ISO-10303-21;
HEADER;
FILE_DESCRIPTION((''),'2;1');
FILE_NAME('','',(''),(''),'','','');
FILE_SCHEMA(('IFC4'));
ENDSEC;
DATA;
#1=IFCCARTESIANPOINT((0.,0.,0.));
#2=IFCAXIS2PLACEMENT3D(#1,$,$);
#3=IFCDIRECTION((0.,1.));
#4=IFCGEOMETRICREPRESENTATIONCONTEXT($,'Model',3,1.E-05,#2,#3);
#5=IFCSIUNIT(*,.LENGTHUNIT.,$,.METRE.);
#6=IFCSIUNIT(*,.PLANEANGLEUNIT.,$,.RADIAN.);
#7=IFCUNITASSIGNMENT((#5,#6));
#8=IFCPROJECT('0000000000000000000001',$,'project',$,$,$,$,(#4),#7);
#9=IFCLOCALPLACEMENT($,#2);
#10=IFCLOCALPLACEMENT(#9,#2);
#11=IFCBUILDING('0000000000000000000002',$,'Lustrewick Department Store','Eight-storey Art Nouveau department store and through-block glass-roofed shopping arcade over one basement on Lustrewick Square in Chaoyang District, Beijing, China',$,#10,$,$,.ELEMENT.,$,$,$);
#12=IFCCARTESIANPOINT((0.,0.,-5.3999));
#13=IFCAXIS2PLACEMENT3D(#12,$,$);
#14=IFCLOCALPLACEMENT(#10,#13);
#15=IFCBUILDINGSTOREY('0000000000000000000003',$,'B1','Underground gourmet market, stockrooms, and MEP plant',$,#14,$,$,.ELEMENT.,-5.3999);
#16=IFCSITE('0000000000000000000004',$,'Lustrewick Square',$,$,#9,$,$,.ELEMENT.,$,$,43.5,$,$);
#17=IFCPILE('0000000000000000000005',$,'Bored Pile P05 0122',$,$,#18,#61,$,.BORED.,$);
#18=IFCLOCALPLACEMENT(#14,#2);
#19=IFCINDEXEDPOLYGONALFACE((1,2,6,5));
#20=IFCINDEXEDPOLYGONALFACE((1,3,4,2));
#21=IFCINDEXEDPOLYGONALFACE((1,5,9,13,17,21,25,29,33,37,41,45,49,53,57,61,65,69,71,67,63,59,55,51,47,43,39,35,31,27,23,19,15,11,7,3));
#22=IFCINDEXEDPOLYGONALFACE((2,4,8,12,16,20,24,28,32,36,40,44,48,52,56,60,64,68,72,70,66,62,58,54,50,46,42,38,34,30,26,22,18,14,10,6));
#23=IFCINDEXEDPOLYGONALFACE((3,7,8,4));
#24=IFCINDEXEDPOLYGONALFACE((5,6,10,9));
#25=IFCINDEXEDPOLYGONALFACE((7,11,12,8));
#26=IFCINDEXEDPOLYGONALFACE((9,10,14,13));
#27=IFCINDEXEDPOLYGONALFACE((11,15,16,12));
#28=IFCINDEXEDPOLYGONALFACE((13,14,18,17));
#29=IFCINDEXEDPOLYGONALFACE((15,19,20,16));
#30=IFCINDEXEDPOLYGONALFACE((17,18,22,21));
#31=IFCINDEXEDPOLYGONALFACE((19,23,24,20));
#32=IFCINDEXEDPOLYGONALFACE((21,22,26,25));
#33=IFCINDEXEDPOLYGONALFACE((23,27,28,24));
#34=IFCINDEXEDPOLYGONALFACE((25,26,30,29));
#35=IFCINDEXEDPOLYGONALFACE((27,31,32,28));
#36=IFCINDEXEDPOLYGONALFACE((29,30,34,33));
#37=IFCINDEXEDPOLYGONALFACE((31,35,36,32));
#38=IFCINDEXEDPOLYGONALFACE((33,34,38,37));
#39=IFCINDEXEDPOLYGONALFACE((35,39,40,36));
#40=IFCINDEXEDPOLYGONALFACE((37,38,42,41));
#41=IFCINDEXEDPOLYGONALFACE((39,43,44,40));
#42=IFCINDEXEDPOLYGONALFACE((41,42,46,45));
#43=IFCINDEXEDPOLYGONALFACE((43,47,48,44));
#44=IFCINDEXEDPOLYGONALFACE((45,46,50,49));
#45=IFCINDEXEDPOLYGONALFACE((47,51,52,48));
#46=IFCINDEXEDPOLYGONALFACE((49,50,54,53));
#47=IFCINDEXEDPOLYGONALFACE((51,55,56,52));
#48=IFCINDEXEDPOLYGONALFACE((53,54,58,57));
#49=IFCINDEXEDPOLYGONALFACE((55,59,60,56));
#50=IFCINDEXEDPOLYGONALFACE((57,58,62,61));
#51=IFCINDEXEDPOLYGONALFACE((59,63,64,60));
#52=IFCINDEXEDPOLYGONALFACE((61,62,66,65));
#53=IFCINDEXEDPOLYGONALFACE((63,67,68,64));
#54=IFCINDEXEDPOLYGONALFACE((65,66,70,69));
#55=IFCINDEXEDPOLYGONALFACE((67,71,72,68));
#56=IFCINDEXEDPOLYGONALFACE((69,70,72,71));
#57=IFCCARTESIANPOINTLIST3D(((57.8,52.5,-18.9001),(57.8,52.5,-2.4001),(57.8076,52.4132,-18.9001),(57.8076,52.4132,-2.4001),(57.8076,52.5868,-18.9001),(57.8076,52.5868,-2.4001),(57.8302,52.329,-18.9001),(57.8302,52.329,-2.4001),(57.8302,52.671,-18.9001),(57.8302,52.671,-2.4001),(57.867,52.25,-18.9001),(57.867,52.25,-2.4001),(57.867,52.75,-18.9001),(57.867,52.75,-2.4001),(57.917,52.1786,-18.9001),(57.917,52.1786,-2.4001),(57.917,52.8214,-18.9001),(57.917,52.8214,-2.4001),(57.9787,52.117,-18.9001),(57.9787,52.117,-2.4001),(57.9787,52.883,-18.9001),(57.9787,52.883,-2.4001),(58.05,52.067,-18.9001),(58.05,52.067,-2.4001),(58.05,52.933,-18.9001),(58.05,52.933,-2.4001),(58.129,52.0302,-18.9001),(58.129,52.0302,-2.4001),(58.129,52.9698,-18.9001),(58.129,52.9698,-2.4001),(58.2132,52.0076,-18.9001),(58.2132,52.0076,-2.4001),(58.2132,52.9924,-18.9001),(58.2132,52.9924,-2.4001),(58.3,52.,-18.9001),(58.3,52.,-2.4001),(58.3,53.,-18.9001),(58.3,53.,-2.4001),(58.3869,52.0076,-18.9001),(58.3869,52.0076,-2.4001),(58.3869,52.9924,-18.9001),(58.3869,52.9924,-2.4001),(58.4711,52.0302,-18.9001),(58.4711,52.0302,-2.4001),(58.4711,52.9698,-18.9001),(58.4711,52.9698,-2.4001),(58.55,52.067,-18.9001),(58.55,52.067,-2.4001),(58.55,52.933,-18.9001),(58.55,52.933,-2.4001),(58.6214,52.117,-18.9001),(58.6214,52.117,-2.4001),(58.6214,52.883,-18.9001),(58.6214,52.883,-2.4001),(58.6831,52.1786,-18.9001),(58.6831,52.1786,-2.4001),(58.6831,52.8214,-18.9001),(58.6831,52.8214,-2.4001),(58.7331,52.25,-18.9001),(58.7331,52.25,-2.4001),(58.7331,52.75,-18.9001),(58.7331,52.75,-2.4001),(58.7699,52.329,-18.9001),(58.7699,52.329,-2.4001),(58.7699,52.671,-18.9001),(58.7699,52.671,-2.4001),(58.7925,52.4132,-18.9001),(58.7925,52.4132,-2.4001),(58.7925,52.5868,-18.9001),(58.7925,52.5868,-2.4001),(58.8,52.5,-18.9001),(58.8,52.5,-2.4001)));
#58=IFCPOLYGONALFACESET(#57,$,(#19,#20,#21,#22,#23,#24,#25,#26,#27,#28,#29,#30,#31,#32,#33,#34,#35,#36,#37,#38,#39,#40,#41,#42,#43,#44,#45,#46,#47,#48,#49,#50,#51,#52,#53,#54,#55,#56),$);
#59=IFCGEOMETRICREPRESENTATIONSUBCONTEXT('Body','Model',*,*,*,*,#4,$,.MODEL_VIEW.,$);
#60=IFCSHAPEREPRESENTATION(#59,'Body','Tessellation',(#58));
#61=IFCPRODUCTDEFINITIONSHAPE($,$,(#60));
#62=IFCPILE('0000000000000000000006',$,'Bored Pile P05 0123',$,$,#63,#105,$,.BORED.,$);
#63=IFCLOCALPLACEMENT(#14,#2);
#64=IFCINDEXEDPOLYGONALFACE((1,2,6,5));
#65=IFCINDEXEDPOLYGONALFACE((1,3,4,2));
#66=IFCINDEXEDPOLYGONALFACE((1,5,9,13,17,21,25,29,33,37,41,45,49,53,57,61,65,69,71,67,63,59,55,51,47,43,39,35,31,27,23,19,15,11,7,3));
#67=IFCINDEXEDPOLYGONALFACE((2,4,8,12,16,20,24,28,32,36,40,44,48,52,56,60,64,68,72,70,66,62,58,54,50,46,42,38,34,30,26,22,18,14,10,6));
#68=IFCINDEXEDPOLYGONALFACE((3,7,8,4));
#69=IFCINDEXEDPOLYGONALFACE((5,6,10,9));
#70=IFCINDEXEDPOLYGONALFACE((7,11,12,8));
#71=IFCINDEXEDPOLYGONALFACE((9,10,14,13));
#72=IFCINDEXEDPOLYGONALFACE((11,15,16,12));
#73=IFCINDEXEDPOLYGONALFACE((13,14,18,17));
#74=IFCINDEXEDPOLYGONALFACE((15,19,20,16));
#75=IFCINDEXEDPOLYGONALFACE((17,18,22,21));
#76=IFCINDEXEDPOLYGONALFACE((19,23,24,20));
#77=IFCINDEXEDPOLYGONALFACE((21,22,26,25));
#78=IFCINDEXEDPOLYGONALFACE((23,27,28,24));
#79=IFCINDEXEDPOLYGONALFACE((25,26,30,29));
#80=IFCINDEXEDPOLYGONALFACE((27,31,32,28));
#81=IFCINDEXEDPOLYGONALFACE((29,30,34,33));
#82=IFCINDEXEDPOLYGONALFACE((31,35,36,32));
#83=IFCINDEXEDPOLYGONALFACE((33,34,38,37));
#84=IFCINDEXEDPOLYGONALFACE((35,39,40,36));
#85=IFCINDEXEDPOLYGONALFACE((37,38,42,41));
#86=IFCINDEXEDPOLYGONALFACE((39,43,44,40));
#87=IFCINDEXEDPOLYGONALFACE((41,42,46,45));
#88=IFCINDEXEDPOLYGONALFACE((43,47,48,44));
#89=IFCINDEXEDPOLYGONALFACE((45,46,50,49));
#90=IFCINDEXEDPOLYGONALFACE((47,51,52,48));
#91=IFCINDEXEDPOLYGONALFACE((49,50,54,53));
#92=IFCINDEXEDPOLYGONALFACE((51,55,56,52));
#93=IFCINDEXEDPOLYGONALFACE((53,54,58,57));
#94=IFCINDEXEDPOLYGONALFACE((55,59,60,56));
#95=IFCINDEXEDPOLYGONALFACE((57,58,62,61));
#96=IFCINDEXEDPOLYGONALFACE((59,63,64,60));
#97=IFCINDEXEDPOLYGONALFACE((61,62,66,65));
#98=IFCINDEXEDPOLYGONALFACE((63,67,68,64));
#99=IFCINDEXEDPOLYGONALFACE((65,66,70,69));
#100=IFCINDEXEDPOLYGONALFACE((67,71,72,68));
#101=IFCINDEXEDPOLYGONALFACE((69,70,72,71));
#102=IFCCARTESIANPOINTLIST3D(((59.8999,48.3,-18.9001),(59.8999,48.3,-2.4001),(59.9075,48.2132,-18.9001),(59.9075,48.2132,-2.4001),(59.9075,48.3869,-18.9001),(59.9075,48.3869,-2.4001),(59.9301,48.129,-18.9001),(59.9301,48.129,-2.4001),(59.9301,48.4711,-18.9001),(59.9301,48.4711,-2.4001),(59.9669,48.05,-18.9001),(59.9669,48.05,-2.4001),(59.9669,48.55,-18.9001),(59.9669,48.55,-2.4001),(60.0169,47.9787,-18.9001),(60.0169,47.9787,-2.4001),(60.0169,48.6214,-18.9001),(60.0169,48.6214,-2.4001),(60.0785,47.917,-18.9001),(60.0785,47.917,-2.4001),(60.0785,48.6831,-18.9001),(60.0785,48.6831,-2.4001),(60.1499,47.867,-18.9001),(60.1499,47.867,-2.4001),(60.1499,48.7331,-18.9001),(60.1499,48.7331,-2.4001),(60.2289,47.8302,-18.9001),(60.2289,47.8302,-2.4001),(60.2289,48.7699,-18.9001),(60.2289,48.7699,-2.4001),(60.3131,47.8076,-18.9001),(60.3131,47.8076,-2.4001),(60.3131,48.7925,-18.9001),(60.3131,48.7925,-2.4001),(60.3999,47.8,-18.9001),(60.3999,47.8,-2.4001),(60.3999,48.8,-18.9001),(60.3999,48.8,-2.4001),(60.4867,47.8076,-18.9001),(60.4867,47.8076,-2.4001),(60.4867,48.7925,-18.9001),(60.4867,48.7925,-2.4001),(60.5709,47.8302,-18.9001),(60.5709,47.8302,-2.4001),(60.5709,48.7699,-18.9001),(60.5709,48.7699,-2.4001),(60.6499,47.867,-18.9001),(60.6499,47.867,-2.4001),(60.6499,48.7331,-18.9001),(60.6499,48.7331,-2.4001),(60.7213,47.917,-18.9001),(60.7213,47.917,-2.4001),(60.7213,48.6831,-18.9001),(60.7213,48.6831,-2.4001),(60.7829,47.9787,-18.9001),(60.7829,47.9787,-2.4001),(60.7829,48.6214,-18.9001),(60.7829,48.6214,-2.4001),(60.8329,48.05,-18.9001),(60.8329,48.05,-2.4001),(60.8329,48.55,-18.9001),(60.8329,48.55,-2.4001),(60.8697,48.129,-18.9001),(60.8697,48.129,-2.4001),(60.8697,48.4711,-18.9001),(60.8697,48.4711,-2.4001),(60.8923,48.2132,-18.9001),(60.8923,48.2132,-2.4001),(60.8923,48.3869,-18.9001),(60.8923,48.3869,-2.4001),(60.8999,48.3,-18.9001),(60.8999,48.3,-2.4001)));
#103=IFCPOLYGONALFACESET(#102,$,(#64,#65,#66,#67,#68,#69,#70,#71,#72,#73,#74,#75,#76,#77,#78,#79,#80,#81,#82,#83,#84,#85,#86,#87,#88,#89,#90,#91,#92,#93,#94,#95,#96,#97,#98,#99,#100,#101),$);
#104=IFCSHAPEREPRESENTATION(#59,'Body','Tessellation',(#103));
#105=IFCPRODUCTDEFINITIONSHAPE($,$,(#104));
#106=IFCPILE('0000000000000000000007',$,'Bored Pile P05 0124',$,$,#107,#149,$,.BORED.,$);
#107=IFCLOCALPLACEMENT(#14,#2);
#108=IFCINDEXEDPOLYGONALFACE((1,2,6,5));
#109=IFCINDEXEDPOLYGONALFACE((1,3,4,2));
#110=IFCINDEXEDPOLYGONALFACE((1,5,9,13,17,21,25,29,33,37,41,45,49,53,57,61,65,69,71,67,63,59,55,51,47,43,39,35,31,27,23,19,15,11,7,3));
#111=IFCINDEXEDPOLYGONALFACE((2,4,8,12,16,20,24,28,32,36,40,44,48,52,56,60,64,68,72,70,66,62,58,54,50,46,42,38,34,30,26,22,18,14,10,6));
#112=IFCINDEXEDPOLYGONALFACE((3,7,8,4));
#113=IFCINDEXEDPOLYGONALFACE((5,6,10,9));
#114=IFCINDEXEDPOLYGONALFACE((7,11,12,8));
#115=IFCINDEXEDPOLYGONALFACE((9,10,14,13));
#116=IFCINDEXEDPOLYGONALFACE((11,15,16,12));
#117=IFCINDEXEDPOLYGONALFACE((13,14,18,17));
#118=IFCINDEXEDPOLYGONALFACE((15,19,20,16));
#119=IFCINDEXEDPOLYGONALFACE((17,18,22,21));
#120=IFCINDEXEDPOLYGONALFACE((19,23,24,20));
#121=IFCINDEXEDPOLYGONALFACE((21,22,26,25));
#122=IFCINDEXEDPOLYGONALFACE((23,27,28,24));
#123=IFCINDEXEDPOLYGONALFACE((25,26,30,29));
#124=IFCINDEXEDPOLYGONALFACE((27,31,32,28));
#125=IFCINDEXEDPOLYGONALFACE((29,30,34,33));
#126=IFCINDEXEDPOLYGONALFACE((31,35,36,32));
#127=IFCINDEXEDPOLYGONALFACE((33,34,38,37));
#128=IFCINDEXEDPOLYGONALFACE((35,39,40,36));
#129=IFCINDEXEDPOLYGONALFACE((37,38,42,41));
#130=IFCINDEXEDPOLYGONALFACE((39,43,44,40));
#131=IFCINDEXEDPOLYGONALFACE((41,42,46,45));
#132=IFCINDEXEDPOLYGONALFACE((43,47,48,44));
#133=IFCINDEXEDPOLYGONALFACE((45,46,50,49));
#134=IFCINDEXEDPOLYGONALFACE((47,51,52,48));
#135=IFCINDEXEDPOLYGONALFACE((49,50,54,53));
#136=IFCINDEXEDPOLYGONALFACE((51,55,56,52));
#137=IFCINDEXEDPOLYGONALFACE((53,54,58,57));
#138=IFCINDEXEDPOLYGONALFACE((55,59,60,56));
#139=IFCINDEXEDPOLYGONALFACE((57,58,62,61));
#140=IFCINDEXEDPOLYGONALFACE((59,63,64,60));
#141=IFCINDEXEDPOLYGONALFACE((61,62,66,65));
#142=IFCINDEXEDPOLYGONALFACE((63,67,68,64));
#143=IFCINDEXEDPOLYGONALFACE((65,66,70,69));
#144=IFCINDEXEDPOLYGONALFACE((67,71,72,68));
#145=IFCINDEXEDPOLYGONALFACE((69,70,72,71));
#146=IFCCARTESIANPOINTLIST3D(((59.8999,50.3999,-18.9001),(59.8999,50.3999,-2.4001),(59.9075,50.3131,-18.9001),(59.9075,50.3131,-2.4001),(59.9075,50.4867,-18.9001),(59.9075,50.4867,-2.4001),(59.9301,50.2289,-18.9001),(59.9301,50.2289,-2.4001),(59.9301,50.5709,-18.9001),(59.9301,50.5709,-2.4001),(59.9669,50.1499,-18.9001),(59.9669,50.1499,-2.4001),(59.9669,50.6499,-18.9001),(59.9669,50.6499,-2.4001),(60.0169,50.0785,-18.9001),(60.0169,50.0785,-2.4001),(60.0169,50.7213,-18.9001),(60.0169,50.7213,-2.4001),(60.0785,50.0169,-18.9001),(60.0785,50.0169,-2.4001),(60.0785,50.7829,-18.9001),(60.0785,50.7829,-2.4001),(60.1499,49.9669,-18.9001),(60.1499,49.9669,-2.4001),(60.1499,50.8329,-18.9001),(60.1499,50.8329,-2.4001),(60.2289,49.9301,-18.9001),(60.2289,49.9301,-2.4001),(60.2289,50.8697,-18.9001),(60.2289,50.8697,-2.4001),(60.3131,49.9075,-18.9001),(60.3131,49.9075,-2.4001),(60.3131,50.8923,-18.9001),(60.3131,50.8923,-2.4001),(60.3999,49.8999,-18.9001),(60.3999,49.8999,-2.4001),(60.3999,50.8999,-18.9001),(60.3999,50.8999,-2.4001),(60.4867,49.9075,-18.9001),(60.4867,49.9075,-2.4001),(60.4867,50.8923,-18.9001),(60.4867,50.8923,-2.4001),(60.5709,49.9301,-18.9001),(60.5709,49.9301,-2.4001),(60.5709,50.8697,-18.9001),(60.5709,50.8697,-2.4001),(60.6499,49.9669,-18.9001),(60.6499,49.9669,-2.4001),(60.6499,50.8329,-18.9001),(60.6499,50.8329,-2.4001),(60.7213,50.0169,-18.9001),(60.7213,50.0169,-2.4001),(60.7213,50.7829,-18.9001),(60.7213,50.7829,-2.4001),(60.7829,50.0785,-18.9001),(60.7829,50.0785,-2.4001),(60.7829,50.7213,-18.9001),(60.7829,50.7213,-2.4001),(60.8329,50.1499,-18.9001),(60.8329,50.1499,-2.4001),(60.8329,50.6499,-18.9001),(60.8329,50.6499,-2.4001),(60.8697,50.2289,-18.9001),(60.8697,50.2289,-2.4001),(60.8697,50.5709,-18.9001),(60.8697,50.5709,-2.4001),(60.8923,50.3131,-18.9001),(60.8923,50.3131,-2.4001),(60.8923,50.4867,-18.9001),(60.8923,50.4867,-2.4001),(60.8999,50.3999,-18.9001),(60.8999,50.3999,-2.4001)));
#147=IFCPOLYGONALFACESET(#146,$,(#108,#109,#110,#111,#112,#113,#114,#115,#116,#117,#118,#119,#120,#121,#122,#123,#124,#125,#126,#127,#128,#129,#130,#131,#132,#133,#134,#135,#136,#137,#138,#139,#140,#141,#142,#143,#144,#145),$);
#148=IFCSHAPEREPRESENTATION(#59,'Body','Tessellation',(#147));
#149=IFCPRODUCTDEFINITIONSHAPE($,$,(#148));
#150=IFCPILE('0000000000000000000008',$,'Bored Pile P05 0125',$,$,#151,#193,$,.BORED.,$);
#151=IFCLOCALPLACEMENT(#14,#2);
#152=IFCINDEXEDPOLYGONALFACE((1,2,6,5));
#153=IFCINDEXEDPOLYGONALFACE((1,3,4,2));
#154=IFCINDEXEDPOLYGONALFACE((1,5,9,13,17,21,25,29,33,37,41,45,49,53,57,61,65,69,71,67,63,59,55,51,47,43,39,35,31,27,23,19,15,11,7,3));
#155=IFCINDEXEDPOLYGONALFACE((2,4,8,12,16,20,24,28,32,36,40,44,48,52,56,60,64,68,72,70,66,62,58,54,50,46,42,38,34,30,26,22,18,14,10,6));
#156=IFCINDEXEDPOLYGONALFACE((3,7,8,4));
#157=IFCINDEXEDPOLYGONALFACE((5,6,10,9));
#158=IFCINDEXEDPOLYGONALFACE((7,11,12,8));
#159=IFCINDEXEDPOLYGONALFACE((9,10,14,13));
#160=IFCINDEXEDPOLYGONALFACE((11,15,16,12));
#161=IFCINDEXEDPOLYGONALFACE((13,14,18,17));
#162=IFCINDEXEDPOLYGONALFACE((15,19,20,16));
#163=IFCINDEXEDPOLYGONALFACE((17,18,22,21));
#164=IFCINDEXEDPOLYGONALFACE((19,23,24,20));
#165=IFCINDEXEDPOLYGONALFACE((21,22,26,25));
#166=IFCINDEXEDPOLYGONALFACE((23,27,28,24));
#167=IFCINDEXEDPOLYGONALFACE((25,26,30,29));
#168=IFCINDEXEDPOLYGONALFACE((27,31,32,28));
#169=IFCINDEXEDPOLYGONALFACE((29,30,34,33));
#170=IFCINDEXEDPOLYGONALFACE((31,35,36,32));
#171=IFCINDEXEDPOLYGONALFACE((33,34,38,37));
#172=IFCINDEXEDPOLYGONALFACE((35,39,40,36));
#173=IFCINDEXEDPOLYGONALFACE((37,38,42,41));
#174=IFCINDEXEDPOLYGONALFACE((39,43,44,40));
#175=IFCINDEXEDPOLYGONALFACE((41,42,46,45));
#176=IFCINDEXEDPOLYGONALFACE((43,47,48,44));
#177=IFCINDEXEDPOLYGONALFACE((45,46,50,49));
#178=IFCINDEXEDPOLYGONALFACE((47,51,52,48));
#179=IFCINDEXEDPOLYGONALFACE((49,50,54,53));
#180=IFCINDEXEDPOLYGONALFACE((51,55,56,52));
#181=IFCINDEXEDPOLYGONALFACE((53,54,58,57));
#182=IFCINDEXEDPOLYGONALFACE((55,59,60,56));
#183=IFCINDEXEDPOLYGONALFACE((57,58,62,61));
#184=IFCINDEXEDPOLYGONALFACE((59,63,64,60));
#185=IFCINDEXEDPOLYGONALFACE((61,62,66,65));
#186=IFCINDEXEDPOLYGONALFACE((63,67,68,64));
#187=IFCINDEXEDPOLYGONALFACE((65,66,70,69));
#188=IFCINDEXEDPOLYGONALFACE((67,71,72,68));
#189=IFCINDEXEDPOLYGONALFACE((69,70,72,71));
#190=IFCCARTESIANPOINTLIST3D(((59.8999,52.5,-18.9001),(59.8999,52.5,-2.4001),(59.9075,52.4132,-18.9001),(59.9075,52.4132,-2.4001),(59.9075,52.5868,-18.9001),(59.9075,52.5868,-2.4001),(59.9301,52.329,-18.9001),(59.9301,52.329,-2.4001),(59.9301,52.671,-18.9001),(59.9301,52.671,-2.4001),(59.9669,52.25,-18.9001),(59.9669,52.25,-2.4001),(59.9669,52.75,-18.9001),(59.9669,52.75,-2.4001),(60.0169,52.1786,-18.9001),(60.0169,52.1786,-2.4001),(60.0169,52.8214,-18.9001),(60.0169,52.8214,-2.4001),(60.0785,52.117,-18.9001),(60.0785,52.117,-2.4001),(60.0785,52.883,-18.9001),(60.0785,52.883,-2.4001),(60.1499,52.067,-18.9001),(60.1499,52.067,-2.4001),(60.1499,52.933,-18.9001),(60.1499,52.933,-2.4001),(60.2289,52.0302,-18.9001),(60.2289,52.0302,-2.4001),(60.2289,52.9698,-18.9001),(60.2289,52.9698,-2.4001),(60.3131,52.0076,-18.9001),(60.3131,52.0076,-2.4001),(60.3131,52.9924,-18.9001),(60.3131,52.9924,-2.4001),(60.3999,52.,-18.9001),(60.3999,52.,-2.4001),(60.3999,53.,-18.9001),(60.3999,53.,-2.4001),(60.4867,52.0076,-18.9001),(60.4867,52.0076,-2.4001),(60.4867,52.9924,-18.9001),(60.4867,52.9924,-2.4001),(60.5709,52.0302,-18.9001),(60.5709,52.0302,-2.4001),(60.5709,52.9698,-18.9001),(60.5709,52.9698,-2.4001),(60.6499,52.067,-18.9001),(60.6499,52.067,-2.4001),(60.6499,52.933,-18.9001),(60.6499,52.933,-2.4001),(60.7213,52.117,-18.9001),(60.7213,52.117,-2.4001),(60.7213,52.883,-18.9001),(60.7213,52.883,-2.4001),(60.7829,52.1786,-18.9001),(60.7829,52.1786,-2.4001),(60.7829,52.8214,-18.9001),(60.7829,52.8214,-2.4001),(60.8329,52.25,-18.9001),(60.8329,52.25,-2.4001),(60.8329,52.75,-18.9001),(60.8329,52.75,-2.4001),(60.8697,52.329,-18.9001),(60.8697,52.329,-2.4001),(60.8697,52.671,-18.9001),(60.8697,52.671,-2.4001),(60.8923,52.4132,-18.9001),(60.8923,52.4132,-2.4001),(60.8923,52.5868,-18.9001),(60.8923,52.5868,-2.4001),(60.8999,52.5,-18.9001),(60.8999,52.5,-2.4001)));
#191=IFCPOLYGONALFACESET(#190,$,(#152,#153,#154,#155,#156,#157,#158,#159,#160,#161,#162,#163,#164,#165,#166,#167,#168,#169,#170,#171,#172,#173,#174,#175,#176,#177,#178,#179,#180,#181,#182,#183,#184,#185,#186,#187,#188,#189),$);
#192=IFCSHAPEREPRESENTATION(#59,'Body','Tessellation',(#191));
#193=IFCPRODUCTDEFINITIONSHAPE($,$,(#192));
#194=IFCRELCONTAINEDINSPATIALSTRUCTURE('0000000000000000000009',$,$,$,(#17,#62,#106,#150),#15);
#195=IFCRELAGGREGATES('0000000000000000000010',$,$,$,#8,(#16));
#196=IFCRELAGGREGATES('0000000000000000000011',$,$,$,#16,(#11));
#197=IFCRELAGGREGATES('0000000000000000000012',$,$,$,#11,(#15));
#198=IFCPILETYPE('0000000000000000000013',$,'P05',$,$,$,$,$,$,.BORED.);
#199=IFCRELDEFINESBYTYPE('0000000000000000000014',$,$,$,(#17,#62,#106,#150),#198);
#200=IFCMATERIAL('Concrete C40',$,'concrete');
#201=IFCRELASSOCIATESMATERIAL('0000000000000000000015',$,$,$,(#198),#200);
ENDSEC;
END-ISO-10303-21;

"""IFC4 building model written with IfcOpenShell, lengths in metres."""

from ifc_helpers import new_model, si_unit, direction, frame, origin, origin_2d, place, context, subcontext, project, spatial, circle, extrude, material, material_profile, profile_set, type_object, element, save


model = new_model("IFC4")

# Units and contexts
model_context = context("Model", 3, precision=1e-05, world=origin(), true_north=direction((0.0, 1.0)))
body_context = subcontext(model_context, "Body", "Model", "MODEL_VIEW")
ifc_project = project(units=[si_unit("LENGTHUNIT", "METRE"), si_unit("PLANEANGLEUNIT", "RADIAN")], contexts=[model_context])

# Site, building, storey
site_placement = place(None, origin())
site = spatial("IfcSite", under=ifc_project, at=site_placement, Name="Lustrewick Square", CompositionType="ELEMENT", RefElevation=43.5)
building_placement = place(site_placement, origin())
building = spatial("IfcBuilding", under=site, at=building_placement, Name="Lustrewick Department Store", Description="Eight-storey Art Nouveau department store and through-block glass-roofed shopping arcade over one basement on Lustrewick Square in Chaoyang District, Beijing, China", CompositionType="ELEMENT")
storey_placement = place(building_placement, frame((0.0, 0.0, -5.3999)))
storey = spatial("IfcBuildingStorey", under=building, at=storey_placement, Name="B1", Description="Underground gourmet market, stockrooms, and MEP plant", CompositionType="ELEMENT", Elevation=-5.3999)

# Piles
ifc_material_1 = material(Name="Concrete C40", Category="concrete")
ifc_material_profile_1 = material_profile(ifc_material_1, circle(Radius=0.5, at=origin_2d()), Name="PILE D1000")
ifc_profile_set_1 = profile_set([ifc_material_profile_1], Name="Concrete C40")
pile_type_1 = type_object("IfcPileType", Name="P05", PredefinedType="BORED", material=ifc_profile_set_1)
for number, where, z_axis, x_axis, name in (
    (1, (58.3, 52.5, -2.4001), (0.0, 0.0, -1.0), (1.0, 0.0, 0.0), "Bored Pile P05 0122"),
    (2, (60.3999, 48.3, -2.4001), (0.0, 0.0, -1.0), (1.0, 0.0, 0.0), "Bored Pile P05 0123"),
    (3, (60.3999, 50.3999, -2.4001), (0.0, 0.0, -1.0), (1.0, 0.0, 0.0), "Bored Pile P05 0124"),
    (4, (60.3999, 52.5, -2.4001), (0.0, 0.0, -1.0), (1.0, 0.0, 0.0), "Bored Pile P05 0125"),
):
    element("IfcPile", number, at=place(storey_placement, frame(where, z_axis=z_axis, x_axis=x_axis)), inside=storey, type_object=pile_type_1, Name=name, PredefinedType="BORED", context=body_context, shape_type="SweptSolid", body=[
        extrude(circle(Radius=0.5, at=origin_2d()), origin(), (0.0, 0.0, 1.0), 16.5),
    ])

save(model, "model.ifc")
